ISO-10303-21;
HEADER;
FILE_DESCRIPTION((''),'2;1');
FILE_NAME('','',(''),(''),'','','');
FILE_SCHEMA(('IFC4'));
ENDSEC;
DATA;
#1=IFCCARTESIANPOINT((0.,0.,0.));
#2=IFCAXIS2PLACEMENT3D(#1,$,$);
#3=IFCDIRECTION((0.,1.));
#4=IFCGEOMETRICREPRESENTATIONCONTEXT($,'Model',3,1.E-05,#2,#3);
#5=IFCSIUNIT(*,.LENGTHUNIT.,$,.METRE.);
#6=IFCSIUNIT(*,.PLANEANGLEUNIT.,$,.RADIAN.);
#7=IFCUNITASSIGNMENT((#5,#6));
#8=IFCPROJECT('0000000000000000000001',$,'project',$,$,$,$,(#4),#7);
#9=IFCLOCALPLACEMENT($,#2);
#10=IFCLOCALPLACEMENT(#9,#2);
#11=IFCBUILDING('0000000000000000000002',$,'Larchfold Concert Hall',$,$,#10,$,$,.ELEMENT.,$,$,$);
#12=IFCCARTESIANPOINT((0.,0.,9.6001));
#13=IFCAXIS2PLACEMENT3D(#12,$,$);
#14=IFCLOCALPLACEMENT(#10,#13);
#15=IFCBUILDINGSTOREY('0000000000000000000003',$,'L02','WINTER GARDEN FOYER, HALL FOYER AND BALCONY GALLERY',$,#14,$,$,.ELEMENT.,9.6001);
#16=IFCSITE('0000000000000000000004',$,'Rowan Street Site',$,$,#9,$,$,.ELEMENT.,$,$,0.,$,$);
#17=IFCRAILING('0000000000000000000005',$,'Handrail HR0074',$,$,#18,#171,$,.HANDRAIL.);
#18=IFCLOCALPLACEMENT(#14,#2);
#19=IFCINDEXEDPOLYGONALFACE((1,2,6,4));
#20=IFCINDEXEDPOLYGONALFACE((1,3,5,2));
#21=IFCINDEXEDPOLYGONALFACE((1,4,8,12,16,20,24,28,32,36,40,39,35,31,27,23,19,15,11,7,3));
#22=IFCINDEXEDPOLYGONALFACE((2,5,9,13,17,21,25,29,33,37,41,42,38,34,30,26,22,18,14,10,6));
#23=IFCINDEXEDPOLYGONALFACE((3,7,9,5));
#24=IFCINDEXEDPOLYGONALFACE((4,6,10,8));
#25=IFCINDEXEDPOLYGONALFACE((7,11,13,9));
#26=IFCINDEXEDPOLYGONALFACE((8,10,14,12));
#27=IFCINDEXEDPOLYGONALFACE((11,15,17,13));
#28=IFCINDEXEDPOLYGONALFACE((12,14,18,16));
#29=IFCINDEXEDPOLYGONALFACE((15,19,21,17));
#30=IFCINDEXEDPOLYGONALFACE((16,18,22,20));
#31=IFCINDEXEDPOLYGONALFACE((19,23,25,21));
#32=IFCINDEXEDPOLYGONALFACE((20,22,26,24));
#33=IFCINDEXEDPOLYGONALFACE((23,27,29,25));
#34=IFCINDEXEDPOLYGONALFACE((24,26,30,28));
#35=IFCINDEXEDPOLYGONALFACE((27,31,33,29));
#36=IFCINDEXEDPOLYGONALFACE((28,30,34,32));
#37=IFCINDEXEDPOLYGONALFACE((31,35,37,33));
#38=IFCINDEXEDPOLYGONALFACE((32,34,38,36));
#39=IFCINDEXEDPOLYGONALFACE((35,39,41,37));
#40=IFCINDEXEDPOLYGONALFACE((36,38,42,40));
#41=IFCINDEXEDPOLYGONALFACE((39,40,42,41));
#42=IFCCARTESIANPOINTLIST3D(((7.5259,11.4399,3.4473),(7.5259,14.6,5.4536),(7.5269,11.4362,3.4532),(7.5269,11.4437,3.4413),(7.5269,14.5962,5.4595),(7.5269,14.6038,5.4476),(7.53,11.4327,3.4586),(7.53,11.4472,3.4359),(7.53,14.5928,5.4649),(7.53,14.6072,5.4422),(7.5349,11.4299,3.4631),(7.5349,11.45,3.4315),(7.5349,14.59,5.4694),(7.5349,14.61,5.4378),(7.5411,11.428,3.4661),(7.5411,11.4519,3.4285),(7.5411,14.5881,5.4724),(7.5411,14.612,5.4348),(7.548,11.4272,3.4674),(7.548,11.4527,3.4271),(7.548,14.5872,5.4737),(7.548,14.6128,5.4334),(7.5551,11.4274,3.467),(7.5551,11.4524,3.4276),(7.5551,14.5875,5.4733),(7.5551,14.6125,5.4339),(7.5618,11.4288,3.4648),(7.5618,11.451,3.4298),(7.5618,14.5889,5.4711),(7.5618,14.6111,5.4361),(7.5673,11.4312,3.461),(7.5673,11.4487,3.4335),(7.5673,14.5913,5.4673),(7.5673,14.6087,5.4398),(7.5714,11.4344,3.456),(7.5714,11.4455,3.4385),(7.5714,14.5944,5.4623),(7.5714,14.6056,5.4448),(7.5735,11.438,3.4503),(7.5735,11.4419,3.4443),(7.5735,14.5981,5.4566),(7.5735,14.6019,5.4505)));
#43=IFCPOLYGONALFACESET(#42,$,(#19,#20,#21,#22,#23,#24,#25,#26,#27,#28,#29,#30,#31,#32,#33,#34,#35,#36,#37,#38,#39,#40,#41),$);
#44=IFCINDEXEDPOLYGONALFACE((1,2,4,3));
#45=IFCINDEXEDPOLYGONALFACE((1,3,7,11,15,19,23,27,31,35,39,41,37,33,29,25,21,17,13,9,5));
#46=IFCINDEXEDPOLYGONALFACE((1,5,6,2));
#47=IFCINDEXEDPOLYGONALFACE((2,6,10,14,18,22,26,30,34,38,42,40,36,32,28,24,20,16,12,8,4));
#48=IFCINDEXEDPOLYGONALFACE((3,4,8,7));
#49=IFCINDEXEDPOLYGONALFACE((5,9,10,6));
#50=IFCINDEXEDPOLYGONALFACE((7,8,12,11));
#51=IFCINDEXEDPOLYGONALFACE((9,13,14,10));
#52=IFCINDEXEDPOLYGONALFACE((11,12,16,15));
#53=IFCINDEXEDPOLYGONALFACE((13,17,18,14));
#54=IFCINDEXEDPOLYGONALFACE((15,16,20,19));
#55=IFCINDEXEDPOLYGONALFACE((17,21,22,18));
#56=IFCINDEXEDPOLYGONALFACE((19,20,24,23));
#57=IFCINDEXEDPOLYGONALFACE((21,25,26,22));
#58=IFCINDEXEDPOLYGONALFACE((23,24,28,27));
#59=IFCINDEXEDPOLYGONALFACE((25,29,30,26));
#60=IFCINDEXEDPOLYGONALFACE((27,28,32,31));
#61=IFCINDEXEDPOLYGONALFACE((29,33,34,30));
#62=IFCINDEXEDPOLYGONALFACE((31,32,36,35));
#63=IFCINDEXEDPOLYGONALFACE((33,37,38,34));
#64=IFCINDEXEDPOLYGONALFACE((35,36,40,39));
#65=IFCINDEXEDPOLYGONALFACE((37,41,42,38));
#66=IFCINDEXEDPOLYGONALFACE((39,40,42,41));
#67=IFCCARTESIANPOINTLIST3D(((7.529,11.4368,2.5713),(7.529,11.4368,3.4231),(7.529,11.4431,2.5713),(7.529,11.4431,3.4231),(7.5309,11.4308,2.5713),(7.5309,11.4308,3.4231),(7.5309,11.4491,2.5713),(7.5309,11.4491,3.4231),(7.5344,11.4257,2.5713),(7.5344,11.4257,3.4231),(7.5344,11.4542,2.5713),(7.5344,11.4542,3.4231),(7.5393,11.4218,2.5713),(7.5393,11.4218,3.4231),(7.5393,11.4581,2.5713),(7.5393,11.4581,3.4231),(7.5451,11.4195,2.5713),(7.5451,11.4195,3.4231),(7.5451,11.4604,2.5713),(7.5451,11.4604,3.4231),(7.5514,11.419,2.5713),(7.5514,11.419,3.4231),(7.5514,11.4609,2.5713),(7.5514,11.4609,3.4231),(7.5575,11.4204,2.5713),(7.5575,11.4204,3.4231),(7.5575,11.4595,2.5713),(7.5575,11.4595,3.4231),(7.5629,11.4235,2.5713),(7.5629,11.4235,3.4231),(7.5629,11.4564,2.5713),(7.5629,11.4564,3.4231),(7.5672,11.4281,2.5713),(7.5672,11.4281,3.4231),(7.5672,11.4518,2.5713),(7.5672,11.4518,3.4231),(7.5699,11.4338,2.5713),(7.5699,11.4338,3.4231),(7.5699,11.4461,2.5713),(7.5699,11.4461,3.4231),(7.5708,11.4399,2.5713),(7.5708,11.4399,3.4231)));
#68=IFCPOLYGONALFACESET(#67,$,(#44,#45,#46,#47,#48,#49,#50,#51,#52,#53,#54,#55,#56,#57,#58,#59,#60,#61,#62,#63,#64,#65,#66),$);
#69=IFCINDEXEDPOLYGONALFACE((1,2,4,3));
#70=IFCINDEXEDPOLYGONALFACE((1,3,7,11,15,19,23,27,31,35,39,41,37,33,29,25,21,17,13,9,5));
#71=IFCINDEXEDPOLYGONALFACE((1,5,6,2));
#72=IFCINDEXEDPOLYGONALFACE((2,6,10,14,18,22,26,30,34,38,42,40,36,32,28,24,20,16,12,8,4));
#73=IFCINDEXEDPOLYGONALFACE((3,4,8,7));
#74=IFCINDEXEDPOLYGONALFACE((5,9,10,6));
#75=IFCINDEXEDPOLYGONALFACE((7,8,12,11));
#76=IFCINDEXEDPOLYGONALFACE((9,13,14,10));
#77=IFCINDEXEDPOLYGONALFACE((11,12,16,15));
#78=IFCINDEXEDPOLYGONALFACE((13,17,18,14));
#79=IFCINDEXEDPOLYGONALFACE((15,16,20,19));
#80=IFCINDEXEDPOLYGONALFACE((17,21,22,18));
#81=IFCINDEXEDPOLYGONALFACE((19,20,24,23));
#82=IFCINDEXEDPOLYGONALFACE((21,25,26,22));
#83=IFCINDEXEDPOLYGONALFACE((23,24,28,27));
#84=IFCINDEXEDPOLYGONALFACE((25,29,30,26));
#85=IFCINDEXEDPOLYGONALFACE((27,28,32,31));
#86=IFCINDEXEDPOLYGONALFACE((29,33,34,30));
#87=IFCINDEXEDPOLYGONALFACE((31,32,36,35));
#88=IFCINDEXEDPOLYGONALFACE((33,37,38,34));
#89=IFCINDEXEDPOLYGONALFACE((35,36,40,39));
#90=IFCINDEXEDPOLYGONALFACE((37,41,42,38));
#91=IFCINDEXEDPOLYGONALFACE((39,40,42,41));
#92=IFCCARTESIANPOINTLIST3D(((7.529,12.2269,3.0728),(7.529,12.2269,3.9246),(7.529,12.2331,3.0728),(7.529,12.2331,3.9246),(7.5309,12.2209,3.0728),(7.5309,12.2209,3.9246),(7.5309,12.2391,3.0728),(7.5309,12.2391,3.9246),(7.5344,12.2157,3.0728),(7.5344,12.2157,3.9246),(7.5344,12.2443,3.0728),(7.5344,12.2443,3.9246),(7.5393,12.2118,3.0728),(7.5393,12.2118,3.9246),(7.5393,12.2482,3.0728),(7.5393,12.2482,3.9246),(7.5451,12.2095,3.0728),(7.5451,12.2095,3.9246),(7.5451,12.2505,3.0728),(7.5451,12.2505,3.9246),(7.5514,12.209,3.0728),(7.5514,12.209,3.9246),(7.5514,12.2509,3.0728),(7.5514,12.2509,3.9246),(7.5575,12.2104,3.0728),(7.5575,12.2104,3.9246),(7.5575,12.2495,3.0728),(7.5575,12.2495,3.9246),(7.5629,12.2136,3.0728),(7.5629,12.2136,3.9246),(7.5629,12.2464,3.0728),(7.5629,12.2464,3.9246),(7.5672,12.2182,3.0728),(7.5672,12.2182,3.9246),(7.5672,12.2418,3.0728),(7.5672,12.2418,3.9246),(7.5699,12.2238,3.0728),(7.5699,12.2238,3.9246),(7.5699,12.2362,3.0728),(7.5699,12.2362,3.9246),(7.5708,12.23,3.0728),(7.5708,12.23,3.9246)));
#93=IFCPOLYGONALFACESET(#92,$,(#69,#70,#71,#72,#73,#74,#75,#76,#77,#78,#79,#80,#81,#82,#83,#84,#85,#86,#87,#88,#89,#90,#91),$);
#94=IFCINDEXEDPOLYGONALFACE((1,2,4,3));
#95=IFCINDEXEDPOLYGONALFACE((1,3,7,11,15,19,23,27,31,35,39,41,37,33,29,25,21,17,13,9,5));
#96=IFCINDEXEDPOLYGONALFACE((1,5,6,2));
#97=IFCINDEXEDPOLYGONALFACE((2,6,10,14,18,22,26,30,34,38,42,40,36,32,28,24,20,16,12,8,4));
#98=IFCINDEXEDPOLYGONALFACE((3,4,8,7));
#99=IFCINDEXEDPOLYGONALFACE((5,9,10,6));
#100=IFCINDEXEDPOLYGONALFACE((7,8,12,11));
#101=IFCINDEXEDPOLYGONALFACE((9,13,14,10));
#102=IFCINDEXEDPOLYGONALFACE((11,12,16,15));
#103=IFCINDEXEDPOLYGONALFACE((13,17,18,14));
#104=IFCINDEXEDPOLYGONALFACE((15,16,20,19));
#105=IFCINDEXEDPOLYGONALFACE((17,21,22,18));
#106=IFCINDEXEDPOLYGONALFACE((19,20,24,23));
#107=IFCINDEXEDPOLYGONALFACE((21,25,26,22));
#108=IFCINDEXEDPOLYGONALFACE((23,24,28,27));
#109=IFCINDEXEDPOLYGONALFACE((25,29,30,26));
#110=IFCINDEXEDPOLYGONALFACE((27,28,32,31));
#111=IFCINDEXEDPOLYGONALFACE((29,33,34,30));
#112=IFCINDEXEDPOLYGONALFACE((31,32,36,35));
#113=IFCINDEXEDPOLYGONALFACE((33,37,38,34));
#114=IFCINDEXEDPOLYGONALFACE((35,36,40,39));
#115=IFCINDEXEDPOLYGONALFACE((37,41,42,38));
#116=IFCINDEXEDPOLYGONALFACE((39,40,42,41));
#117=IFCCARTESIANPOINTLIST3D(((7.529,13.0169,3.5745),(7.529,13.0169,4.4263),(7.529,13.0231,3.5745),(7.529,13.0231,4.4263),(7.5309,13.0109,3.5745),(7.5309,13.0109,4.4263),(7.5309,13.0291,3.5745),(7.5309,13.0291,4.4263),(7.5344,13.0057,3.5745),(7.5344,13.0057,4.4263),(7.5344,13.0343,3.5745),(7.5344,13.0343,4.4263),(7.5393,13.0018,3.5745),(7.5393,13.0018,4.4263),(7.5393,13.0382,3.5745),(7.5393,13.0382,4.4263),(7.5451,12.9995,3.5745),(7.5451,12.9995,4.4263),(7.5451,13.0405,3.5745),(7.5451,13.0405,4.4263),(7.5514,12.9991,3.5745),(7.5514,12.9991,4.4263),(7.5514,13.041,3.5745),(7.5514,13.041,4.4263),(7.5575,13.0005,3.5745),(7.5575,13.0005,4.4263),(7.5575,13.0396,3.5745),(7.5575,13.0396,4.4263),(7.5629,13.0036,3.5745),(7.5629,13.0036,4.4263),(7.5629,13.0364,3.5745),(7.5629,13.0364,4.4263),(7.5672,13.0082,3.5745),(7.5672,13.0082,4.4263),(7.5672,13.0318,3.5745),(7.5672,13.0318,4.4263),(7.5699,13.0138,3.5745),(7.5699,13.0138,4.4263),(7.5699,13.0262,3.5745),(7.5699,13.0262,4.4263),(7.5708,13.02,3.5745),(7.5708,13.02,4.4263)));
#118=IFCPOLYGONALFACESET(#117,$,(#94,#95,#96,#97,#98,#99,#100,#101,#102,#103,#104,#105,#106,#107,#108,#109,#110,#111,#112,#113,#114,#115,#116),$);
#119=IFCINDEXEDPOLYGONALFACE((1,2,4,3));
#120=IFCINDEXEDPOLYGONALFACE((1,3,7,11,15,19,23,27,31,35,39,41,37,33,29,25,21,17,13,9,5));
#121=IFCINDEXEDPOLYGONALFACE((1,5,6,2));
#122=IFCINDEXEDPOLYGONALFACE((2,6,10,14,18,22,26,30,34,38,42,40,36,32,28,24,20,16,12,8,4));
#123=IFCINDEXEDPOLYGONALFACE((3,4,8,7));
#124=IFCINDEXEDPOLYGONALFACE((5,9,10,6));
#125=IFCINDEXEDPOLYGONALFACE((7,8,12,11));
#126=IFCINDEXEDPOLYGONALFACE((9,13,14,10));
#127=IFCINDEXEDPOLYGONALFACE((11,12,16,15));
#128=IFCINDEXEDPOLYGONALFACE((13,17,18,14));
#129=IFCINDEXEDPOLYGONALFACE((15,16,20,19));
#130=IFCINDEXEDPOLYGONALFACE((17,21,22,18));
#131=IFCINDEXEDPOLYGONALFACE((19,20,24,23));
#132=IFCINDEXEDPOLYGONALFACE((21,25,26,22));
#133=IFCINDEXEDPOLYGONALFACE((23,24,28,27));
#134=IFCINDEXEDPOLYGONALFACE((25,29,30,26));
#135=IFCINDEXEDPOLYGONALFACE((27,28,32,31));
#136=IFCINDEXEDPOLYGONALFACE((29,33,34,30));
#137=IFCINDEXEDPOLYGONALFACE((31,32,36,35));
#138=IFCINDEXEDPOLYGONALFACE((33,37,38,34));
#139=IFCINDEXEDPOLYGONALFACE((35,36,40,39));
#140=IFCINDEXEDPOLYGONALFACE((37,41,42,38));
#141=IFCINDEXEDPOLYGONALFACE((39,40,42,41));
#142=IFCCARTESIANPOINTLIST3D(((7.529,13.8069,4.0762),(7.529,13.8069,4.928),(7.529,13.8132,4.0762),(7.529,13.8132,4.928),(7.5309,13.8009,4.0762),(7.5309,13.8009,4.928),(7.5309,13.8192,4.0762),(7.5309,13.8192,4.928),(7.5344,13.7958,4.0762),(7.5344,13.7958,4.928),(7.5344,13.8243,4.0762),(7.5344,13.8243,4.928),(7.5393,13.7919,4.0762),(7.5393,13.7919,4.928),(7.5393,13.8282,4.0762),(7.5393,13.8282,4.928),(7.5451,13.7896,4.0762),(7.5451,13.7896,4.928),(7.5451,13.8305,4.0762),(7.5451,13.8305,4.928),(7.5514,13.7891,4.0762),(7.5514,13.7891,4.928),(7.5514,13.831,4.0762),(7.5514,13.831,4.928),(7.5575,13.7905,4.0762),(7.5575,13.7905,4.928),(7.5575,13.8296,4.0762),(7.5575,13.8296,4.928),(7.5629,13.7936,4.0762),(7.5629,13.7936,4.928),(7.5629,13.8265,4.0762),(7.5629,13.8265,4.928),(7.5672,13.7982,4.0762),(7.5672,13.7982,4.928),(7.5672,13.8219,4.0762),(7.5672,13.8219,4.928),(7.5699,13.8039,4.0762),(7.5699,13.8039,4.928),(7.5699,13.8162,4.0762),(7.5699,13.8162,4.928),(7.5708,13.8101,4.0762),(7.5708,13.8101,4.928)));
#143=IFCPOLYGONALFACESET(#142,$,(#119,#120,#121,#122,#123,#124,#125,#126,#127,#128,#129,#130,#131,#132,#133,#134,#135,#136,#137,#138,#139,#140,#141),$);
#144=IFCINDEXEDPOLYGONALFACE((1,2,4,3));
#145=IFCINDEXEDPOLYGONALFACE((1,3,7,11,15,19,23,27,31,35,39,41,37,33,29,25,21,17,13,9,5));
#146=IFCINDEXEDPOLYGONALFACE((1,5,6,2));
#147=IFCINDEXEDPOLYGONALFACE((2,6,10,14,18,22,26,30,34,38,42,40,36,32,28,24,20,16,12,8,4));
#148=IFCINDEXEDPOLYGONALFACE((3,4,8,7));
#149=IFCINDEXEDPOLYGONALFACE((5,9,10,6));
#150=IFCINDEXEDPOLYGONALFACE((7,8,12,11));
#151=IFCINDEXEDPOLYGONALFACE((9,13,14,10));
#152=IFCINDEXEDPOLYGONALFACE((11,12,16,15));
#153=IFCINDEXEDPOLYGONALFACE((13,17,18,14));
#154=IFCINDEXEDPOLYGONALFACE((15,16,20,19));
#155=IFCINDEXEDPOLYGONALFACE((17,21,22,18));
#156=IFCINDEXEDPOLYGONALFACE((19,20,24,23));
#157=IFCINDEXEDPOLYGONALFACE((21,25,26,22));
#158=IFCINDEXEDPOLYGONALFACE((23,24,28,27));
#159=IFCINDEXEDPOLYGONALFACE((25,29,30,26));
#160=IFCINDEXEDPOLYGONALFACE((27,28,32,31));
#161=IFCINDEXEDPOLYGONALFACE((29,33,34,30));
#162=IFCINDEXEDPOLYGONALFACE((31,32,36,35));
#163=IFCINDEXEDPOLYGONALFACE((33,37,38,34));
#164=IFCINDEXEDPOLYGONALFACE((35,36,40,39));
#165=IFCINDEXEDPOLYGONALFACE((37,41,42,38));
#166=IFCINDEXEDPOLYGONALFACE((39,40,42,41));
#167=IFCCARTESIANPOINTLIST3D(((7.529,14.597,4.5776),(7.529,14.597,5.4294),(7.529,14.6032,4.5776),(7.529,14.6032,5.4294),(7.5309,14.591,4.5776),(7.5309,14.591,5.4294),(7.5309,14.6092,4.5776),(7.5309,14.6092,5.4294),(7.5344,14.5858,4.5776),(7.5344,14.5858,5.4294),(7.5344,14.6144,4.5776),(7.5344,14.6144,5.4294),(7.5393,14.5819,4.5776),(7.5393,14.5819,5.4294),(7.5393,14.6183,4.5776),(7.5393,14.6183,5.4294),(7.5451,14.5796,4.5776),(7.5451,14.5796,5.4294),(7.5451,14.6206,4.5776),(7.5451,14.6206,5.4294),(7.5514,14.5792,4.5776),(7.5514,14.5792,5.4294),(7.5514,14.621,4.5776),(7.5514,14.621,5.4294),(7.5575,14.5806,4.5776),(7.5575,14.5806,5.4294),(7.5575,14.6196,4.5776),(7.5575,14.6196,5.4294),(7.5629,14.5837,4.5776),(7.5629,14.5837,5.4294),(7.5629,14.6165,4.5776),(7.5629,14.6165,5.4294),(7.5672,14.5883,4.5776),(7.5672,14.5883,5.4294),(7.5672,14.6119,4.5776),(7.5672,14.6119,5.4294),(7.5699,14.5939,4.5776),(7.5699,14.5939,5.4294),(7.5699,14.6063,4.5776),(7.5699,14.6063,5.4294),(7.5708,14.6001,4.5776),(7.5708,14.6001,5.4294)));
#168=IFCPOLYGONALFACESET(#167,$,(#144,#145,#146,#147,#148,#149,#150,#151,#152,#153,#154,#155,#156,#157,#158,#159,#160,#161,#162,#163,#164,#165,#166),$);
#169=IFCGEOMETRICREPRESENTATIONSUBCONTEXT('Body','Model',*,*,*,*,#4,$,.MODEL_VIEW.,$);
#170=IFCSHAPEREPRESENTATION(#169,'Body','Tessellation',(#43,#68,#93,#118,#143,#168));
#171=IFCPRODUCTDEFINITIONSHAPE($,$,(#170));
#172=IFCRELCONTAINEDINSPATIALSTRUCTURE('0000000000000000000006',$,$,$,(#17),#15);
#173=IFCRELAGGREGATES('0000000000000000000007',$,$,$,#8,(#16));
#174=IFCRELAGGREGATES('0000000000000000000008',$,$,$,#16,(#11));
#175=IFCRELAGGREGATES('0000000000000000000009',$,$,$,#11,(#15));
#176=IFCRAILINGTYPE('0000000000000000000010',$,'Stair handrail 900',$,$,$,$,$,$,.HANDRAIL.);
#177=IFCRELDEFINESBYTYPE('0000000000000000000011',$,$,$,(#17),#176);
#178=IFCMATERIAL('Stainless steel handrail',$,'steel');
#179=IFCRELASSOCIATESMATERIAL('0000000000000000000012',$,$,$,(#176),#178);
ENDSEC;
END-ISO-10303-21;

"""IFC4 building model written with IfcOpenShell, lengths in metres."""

from ifc_helpers import new_model, si_unit, direction, frame, origin, origin_2d, place, context, subcontext, project, spatial, circle, extrude, material, type_object, element, save


model = new_model("IFC4")

# Units and contexts
model_context = context("Model", 3, precision=1e-05, world=origin(), true_north=direction((0.0, 1.0)))
body_context = subcontext(model_context, "Body", "Model", "MODEL_VIEW")
ifc_project = project(units=[si_unit("LENGTHUNIT", "METRE"), si_unit("PLANEANGLEUNIT", "RADIAN")], contexts=[model_context])

# Site, building, storey
site_placement = place(None, origin())
site = spatial("IfcSite", under=ifc_project, at=site_placement, Name="Rowan Street Site", CompositionType="ELEMENT", RefElevation=0.0)
building_placement = place(site_placement, origin())
building = spatial("IfcBuilding", under=site, at=building_placement, Name="Larchfold Concert Hall", CompositionType="ELEMENT")
storey_placement = place(building_placement, frame((0.0, 0.0, 9.6001)))
storey = spatial("IfcBuildingStorey", under=building, at=storey_placement, Name="L02", Description="WINTER GARDEN FOYER, HALL FOYER AND BALCONY GALLERY", CompositionType="ELEMENT", Elevation=9.6001)

# Railing
ifc_material_1 = material(Name="Stainless steel handrail", Category="steel")
railing_type = type_object("IfcRailingType", Name="Stair handrail 900", PredefinedType="HANDRAIL", material=ifc_material_1)
railing_1_placement = place(storey_placement, frame((7.5498, 11.4399, 2.5713)))
element("IfcRailing", 1, at=railing_1_placement, inside=storey, type_object=railing_type, Name="Handrail HR0074", PredefinedType="HANDRAIL", context=body_context, shape_type="SweptSolid", body=[
    extrude(circle(Radius=0.0239, at=origin_2d()), frame((0.0, 0.0, 0.876), z_axis=(0.0, 0.844225, 0.535989), x_axis=(-1.0, 0.0, 0.0)), (0.0, 0.0, 1.0), 3.7432),
    extrude(circle(Radius=0.021, at=origin_2d()), origin(), (0.0, 0.0, 1.0), 0.8518),
    extrude(circle(Radius=0.021, at=origin_2d()), frame((0.0, 0.79, 0.5015)), (0.0, 0.0, 1.0), 0.8518),
    extrude(circle(Radius=0.021, at=origin_2d()), frame((0.0, 1.5801, 1.0032)), (0.0, 0.0, 1.0), 0.8518),
    extrude(circle(Radius=0.021, at=origin_2d()), frame((0.0, 2.3701, 1.5049)), (0.0, 0.0, 1.0), 0.8518),
    extrude(circle(Radius=0.021, at=origin_2d()), frame((0.0, 3.1602, 2.0063)), (0.0, 0.0, 1.0), 0.8518),
])

save(model, "model.ifc")
